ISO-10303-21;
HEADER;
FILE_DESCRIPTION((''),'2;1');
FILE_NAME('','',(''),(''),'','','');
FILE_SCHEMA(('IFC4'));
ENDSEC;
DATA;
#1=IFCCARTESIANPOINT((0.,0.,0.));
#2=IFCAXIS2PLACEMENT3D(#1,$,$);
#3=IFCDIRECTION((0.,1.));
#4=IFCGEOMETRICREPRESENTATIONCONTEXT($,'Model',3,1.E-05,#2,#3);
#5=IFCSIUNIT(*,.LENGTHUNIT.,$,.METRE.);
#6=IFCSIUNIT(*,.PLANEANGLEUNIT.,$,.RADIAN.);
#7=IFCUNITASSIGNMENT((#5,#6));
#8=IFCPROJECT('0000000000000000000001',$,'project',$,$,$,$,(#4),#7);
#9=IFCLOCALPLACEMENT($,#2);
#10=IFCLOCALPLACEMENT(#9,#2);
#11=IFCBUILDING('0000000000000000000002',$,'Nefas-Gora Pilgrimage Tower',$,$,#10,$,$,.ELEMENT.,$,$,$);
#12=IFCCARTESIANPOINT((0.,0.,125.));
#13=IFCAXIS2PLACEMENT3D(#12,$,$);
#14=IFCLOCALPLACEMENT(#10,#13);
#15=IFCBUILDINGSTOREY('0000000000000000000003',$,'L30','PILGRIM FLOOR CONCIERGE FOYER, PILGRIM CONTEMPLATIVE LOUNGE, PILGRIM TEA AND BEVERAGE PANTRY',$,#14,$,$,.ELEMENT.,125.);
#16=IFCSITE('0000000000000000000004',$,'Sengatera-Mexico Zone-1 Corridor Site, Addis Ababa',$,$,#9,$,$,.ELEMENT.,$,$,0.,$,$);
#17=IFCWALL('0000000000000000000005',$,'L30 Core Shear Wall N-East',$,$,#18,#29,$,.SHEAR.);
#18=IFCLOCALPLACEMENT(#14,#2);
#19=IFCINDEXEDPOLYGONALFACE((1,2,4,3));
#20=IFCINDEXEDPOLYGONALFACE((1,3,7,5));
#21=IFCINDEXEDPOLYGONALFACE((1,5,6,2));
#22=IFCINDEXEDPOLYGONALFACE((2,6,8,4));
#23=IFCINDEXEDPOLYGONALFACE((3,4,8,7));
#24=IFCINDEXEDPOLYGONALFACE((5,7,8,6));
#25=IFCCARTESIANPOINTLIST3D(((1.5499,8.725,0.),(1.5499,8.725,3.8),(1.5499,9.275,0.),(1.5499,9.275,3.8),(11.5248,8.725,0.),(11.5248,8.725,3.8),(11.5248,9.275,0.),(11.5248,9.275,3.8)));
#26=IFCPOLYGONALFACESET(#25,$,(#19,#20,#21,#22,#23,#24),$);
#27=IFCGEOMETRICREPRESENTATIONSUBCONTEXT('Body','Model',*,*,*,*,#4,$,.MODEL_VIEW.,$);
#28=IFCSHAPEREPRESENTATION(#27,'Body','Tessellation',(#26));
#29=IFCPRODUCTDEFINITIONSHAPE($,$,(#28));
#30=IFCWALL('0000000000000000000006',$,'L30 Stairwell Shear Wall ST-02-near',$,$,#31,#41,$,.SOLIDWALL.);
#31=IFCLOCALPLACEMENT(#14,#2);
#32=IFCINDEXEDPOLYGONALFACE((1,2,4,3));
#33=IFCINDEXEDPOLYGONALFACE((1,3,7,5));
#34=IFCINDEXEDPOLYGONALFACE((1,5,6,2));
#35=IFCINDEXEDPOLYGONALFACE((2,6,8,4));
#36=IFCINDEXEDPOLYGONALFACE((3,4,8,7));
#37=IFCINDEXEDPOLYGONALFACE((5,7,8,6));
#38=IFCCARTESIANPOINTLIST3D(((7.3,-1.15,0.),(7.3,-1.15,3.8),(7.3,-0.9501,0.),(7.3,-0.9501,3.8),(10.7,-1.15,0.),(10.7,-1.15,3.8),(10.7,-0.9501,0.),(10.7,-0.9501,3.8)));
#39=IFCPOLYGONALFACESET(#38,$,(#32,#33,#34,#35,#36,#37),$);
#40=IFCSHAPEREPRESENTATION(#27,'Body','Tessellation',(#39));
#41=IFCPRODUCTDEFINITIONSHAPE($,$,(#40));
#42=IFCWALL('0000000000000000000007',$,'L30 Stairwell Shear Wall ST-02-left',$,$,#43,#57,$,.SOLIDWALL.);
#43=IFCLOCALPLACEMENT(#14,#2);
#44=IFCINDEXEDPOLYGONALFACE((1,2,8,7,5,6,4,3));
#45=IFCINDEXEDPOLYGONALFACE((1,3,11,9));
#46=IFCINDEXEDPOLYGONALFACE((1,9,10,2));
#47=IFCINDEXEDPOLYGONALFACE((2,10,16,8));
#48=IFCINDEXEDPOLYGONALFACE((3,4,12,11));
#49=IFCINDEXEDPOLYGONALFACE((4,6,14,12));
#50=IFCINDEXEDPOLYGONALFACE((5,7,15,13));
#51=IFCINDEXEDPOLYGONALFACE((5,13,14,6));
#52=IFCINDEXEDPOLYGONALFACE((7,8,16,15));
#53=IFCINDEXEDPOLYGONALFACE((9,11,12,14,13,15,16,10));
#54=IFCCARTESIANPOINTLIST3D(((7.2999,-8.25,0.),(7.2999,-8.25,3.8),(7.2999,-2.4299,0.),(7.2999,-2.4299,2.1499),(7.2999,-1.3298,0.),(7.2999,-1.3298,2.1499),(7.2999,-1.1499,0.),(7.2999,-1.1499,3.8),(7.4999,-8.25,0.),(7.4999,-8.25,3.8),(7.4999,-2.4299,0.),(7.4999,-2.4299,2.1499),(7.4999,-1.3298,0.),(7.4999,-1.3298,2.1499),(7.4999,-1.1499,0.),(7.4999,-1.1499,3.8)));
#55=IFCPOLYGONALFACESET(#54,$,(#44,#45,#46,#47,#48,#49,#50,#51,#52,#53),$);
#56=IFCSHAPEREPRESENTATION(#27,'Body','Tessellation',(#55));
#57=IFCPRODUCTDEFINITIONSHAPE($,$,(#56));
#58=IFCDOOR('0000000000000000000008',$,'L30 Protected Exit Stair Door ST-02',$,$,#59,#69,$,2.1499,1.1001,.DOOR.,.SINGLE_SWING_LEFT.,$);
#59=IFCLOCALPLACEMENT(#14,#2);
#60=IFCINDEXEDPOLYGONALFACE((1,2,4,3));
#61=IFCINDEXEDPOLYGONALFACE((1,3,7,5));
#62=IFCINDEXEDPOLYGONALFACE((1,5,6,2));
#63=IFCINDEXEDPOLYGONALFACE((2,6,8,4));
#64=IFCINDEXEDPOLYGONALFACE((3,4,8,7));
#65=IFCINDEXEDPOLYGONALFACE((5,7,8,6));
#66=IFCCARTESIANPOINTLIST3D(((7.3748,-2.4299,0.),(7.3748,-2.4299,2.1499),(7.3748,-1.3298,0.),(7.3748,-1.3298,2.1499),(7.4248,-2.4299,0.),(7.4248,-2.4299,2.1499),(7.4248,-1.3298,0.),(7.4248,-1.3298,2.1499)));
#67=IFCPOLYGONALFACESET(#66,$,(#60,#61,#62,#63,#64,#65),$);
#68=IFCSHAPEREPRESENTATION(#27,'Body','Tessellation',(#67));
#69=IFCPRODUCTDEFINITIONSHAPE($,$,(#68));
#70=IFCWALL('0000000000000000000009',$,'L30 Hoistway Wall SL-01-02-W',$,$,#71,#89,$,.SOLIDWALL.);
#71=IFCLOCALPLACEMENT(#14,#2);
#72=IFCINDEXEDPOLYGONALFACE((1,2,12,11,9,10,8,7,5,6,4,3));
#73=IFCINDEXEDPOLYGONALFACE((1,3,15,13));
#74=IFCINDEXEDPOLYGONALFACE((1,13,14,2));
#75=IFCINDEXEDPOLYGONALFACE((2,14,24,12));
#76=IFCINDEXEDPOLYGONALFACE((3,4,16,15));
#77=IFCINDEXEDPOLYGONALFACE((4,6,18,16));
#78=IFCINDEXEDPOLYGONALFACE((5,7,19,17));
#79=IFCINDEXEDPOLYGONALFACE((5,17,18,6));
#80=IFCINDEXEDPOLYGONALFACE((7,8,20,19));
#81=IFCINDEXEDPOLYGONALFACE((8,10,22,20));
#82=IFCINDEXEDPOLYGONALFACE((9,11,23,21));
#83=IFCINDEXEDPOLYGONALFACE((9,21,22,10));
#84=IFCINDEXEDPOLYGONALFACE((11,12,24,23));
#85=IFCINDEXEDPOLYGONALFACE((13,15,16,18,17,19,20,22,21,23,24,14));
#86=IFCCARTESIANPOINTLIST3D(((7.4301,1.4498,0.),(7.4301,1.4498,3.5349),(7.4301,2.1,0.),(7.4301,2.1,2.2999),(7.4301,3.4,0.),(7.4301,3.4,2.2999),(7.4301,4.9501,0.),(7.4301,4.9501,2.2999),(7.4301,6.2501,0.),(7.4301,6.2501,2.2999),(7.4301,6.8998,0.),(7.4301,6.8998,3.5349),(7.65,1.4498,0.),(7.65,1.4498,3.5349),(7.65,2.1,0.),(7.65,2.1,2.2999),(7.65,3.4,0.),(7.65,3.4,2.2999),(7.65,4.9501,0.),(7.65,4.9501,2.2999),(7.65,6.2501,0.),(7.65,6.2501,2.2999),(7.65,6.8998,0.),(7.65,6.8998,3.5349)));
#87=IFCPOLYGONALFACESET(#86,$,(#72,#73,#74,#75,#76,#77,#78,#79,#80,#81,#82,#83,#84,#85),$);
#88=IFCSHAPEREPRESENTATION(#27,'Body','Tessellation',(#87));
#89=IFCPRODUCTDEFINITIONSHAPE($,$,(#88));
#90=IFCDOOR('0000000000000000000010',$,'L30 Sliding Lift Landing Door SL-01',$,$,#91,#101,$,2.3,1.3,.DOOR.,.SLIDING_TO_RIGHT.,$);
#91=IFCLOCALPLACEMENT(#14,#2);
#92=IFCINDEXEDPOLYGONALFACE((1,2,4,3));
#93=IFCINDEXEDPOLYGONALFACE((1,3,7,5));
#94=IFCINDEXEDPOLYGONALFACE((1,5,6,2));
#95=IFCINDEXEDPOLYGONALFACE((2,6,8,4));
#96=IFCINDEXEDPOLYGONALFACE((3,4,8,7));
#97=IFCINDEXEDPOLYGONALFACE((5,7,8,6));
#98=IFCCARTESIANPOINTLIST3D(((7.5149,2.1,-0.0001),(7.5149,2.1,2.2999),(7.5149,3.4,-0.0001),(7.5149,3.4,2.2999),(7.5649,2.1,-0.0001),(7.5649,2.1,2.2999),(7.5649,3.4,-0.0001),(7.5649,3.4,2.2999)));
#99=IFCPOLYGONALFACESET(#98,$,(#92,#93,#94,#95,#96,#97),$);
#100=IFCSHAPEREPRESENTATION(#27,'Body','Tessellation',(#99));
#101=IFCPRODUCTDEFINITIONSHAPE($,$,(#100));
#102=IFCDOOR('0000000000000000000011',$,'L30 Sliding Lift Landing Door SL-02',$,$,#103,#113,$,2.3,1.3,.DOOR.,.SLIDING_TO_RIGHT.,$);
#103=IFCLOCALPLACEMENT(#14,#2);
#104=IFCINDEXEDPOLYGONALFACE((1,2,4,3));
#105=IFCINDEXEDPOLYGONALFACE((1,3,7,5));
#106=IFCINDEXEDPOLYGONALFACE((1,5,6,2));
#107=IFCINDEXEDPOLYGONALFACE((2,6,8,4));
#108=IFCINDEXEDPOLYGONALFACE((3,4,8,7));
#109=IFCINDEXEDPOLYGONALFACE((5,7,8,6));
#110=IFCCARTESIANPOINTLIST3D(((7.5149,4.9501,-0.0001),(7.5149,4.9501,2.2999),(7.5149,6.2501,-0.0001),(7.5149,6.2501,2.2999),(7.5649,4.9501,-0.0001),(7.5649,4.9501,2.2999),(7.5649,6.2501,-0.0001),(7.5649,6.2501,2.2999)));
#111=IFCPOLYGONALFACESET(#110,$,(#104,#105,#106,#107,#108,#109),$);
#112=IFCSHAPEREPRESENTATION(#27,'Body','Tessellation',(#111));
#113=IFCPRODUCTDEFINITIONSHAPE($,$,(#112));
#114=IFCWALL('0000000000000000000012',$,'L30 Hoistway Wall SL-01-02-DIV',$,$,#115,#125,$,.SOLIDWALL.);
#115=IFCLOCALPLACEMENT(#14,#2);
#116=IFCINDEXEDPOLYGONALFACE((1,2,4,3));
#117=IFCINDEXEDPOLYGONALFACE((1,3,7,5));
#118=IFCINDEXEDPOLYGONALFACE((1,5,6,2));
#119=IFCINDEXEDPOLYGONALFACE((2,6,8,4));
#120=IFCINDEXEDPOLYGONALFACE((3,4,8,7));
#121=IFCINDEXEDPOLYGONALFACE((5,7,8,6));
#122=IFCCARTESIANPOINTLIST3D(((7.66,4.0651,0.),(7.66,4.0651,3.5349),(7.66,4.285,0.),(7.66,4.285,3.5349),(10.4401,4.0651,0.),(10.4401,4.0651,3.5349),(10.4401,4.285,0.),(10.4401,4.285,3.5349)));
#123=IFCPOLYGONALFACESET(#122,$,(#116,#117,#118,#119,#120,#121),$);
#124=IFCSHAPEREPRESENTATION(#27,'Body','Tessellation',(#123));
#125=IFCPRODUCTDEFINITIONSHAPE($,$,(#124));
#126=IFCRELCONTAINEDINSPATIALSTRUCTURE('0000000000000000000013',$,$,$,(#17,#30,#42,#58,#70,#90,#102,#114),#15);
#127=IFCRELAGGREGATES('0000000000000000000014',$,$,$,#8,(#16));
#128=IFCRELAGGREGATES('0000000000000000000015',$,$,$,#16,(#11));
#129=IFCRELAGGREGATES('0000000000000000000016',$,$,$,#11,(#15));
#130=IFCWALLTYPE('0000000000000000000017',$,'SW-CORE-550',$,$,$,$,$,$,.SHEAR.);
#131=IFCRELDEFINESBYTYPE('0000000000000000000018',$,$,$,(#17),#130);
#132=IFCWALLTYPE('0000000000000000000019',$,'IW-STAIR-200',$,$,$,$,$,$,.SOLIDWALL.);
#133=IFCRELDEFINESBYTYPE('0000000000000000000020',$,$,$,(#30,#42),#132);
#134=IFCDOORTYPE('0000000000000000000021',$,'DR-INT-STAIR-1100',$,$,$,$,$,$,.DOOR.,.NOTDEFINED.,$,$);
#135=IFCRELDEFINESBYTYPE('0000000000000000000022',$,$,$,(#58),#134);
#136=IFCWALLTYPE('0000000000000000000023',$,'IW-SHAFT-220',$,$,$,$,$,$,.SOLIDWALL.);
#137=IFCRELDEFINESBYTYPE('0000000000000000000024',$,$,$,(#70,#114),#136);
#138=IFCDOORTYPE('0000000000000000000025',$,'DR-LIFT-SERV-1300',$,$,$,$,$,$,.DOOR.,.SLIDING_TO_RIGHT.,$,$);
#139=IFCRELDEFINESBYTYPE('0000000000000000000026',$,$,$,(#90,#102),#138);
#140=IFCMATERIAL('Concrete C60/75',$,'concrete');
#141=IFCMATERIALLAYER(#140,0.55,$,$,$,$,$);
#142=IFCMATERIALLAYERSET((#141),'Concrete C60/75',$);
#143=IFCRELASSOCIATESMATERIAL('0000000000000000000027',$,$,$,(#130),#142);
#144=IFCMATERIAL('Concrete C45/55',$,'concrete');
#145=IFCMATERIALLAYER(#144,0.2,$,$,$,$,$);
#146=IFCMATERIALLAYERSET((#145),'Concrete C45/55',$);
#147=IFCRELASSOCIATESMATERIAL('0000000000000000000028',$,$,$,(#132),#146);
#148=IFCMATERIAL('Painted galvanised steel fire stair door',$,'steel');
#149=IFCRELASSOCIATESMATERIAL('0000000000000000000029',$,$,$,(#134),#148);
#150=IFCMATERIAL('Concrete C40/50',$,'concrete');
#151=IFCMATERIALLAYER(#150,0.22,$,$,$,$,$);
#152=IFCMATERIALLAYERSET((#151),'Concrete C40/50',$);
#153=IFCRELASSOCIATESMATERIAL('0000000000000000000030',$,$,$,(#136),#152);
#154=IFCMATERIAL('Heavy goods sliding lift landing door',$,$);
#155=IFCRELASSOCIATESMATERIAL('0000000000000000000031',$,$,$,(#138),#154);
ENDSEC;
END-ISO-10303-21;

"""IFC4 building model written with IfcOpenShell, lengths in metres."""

from ifc_helpers import new_model, si_unit, direction, frame, frame_2d, origin, place, context, subcontext, project, spatial, rectangle, extrude, source, transform, mapped, material, layer, layer_set, type_object, element, fill, save


model = new_model("IFC4")

# Units and contexts
model_context = context("Model", 3, precision=1e-05, world=origin(), true_north=direction((0.0, 1.0)))
body_context = subcontext(model_context, "Body", "Model", "MODEL_VIEW")
ifc_project = project(units=[si_unit("LENGTHUNIT", "METRE"), si_unit("PLANEANGLEUNIT", "RADIAN")], contexts=[model_context])

# Site, building, storey
site_placement = place(None, origin())
site = spatial("IfcSite", under=ifc_project, at=site_placement, Name="Sengatera-Mexico Zone-1 Corridor Site, Addis Ababa", CompositionType="ELEMENT", RefElevation=0.0)
building_placement = place(site_placement, origin())
building = spatial("IfcBuilding", under=site, at=building_placement, Name="Nefas-Gora Pilgrimage Tower", CompositionType="ELEMENT")
storey_placement = place(building_placement, frame((0.0, 0.0, 125.0)))
storey = spatial("IfcBuildingStorey", under=building, at=storey_placement, Name="L30", Description="PILGRIM FLOOR CONCIERGE FOYER, PILGRIM CONTEMPLATIVE LOUNGE, PILGRIM TEA AND BEVERAGE PANTRY", CompositionType="ELEMENT", Elevation=125.0)

# Walls
ifc_material_1 = material(Name="Concrete C60/75", Category="concrete")
ifc_layer_1 = layer(ifc_material_1, 0.55)
ifc_layer_set_1 = layer_set([ifc_layer_1], Name="Concrete C60/75")
wall_type_1 = type_object("IfcWallType", Name="SW-CORE-550", PredefinedType="SHEAR", material=ifc_layer_set_1)
shared_shape_1 = source(origin(), body_context, "Body", "SweptSolid", [
    extrude(rectangle(XDim=9.9749, YDim=0.55, at=frame_2d((4.9873, 0.0))), origin(), (0.0, 0.0, 1.0), 3.8),
])
wall_1_placement = place(storey_placement, frame((1.55, 9.0, 0.0), z_axis=(0.0, 0.0, 1.0), x_axis=(1.0, 0.0, 0.0)))
element("IfcWall", 1, at=wall_1_placement, inside=storey, type_object=wall_type_1, Name="L30 Core Shear Wall N-East", PredefinedType="SHEAR", context=body_context, shape_type="MappedRepresentation", body=[
    mapped(shared_shape_1, transform((0.0, 0.0, 0.0), x_axis=(1.0, 0.0, 0.0), y_axis=(0.0, 1.0, 0.0), z_axis=(0.0, 0.0, 1.0), scale=1.0)),
])
ifc_material_2 = material(Name="Concrete C45/55", Category="concrete")
ifc_layer_2 = layer(ifc_material_2, 0.2)
ifc_layer_set_2 = layer_set([ifc_layer_2], Name="Concrete C45/55")
wall_type_2 = type_object("IfcWallType", Name="IW-STAIR-200", PredefinedType="SOLIDWALL", material=ifc_layer_set_2)
shared_shape_2 = source(origin(), body_context, "Body", "SweptSolid", [
    extrude(rectangle(XDim=3.3999, YDim=0.2, at=frame_2d((1.7, 0.0))), origin(), (0.0, 0.0, 1.0), 3.8),
])
wall_2_placement = place(storey_placement, frame((7.3, -1.05, 0.0), z_axis=(0.0, 0.0, 1.0), x_axis=(1.0, 0.0, 0.0)))
element("IfcWall", 2, at=wall_2_placement, inside=storey, type_object=wall_type_2, Name="L30 Stairwell Shear Wall ST-02-near", PredefinedType="SOLIDWALL", context=body_context, shape_type="MappedRepresentation", body=[
    mapped(shared_shape_2, transform((0.0, 0.0, 0.0), x_axis=(1.0, 0.0, 0.0), y_axis=(0.0, 1.0, 0.0), z_axis=(0.0, 0.0, 1.0), scale=1.0)),
])

# Wall, opening, door
shared_shape_3 = source(origin(), body_context, "Body", "SweptSolid", [
    extrude(rectangle(XDim=7.1001, YDim=0.2, at=frame_2d((3.55, 0.0))), origin(), (0.0, 0.0, 1.0), 3.8),
])
wall_3_placement = place(storey_placement, frame((7.3999, -1.1499, 0.0), z_axis=(0.0, 0.0, 1.0), x_axis=(0.0, -1.0, 0.0)))
wall_3 = element("IfcWall", 3, at=wall_3_placement, inside=storey, type_object=wall_type_2, Name="L30 Stairwell Shear Wall ST-02-left", PredefinedType="SOLIDWALL", context=body_context, shape_type="MappedRepresentation", body=[
    mapped(shared_shape_3, transform((0.0, 0.0, 0.0), x_axis=(1.0, 0.0, 0.0), y_axis=(0.0, 1.0, 0.0), z_axis=(0.0, 0.0, 1.0), scale=1.0)),
])
opening_1_placement = place(wall_3_placement, frame((0.1799, 0.0, 0.0)))
opening_1 = element("IfcOpeningElement", 4, at=opening_1_placement, cuts=wall_3, PredefinedType="OPENING", context=body_context, shape_type="SweptSolid", body=[
    extrude(rectangle(XDim=1.1001, YDim=2.1499, at=frame_2d((0.55, 1.075))), frame((0.0, 0.1099, 0.0), z_axis=(0.0, -1.0, 0.0), x_axis=(1.0, 0.0, 0.0)), (0.0, 0.0, 1.0), 0.22),
])
ifc_material_3 = material(Name="Painted galvanised steel fire stair door", Category="steel")
door_type_1 = type_object("IfcDoorType", Name="DR-INT-STAIR-1100", OperationType="NOTDEFINED", PredefinedType="DOOR", material=ifc_material_3)
shared_shape_4 = source(origin(), body_context, "Body", "SweptSolid", [
    extrude(rectangle(XDim=1.1001, YDim=2.1499, at=frame_2d((0.55, 1.075))), frame((0.0, 0.0249, 0.0), z_axis=(0.0, -1.0, 0.0), x_axis=(1.0, 0.0, 0.0)), (0.0, 0.0, 1.0), 0.05),
])
door_1_placement = place(opening_1_placement, origin())
door_1 = element("IfcDoor", 5, at=door_1_placement, inside=storey, type_object=door_type_1, Name="L30 Protected Exit Stair Door ST-02", OperationType="SINGLE_SWING_LEFT", OverallHeight=2.1499, OverallWidth=1.1001, PredefinedType="DOOR", context=body_context, shape_type="MappedRepresentation", body=[
    mapped(shared_shape_4, transform((0.0, 0.0, 0.0), x_axis=(1.0, 0.0, 0.0), y_axis=(0.0, 1.0, 0.0), z_axis=(0.0, 0.0, 1.0), scale=1.0)),
])
fill(opening_1, door_1)

# Wall, openings, doors
ifc_material_4 = material(Name="Concrete C40/50", Category="concrete")
ifc_layer_3 = layer(ifc_material_4, 0.22)
ifc_layer_set_3 = layer_set([ifc_layer_3], Name="Concrete C40/50")
wall_type_3 = type_object("IfcWallType", Name="IW-SHAFT-220", PredefinedType="SOLIDWALL", material=ifc_layer_set_3)
shared_shape_5 = source(origin(), body_context, "Body", "SweptSolid", [
    extrude(rectangle(XDim=5.45, YDim=0.22, at=frame_2d((2.7251, 0.0))), origin(), (0.0, 0.0, 1.0), 3.5349),
])
wall_4_placement = place(storey_placement, frame((7.54, 6.8999, 0.0), z_axis=(0.0, 0.0, 1.0), x_axis=(0.0, -1.0, 0.0)))
wall_4 = element("IfcWall", 6, at=wall_4_placement, inside=storey, type_object=wall_type_3, Name="L30 Hoistway Wall SL-01-02-W", PredefinedType="SOLIDWALL", context=body_context, shape_type="MappedRepresentation", body=[
    mapped(shared_shape_5, transform((0.0, 0.0, 0.0), x_axis=(1.0, 0.0, 0.0), y_axis=(0.0, 1.0, 0.0), z_axis=(0.0, 0.0, 1.0), scale=1.0)),
])
opening_2_placement = place(wall_4_placement, frame((3.5, 0.0, 0.0)))
opening_2 = element("IfcOpeningElement", 7, at=opening_2_placement, cuts=wall_4, PredefinedType="OPENING", context=body_context, shape_type="SweptSolid", body=[
    extrude(rectangle(XDim=1.3, YDim=2.3, at=frame_2d((0.6499, 1.1499))), frame((0.0, 0.1199, 0.0), z_axis=(0.0, -1.0, 0.0), x_axis=(1.0, 0.0, 0.0)), (0.0, 0.0, 1.0), 0.24),
])
opening_3_placement = place(wall_4_placement, frame((0.6499, 0.0, 0.0)))
opening_3 = element("IfcOpeningElement", 8, at=opening_3_placement, cuts=wall_4, PredefinedType="OPENING", context=body_context, shape_type="SweptSolid", body=[
    extrude(rectangle(XDim=1.3, YDim=2.3, at=frame_2d((0.6499, 1.1499))), frame((0.0, 0.1199, 0.0), z_axis=(0.0, -1.0, 0.0), x_axis=(1.0, 0.0, 0.0)), (0.0, 0.0, 1.0), 0.24),
])
ifc_material_5 = material(Name="Heavy goods sliding lift landing door")
door_type_2 = type_object("IfcDoorType", Name="DR-LIFT-SERV-1300", OperationType="SLIDING_TO_RIGHT", PredefinedType="DOOR", material=ifc_material_5)
shared_shape_6 = source(origin(), body_context, "Body", "SweptSolid", [
    extrude(rectangle(XDim=1.3, YDim=2.3, at=frame_2d((0.6499, 1.1499))), frame((0.0, 0.0249, 0.0), z_axis=(0.0, -1.0, 0.0), x_axis=(1.0, 0.0, 0.0)), (0.0, 0.0, 1.0), 0.05),
])
door_2_placement = place(opening_2_placement, origin())
door_2 = element("IfcDoor", 9, at=door_2_placement, inside=storey, type_object=door_type_2, Name="L30 Sliding Lift Landing Door SL-01", OperationType="SLIDING_TO_RIGHT", OverallHeight=2.3, OverallWidth=1.3, PredefinedType="DOOR", context=body_context, shape_type="MappedRepresentation", body=[
    mapped(shared_shape_6, transform((0.0, 0.0, 0.0), x_axis=(1.0, 0.0, 0.0), y_axis=(0.0, 1.0, 0.0), z_axis=(0.0, 0.0, 1.0), scale=1.0)),
])
fill(opening_2, door_2)
door_3_placement = place(opening_3_placement, origin())
door_3 = element("IfcDoor", 10, at=door_3_placement, inside=storey, type_object=door_type_2, Name="L30 Sliding Lift Landing Door SL-02", OperationType="SLIDING_TO_RIGHT", OverallHeight=2.3, OverallWidth=1.3, PredefinedType="DOOR", context=body_context, shape_type="MappedRepresentation", body=[
    mapped(shared_shape_6, transform((0.0, 0.0, 0.0), x_axis=(1.0, 0.0, 0.0), y_axis=(0.0, 1.0, 0.0), z_axis=(0.0, 0.0, 1.0), scale=1.0)),
])
fill(opening_3, door_3)

# Wall
shared_shape_7 = source(origin(), body_context, "Body", "SweptSolid", [
    extrude(rectangle(XDim=2.78, YDim=0.22, at=frame_2d((1.3901, 0.0))), origin(), (0.0, 0.0, 1.0), 3.5349),
])
wall_5_placement = place(storey_placement, frame((7.6599, 4.175, 0.0), z_axis=(0.0, 0.0, 1.0), x_axis=(1.0, 0.0, 0.0)))
element("IfcWall", 11, at=wall_5_placement, inside=storey, type_object=wall_type_3, Name="L30 Hoistway Wall SL-01-02-DIV", PredefinedType="SOLIDWALL", context=body_context, shape_type="MappedRepresentation", body=[
    mapped(shared_shape_7, transform((0.0, 0.0, 0.0), x_axis=(1.0, 0.0, 0.0), y_axis=(0.0, 1.0, 0.0), z_axis=(0.0, 0.0, 1.0), scale=1.0)),
])

save(model, "model.ifc")
